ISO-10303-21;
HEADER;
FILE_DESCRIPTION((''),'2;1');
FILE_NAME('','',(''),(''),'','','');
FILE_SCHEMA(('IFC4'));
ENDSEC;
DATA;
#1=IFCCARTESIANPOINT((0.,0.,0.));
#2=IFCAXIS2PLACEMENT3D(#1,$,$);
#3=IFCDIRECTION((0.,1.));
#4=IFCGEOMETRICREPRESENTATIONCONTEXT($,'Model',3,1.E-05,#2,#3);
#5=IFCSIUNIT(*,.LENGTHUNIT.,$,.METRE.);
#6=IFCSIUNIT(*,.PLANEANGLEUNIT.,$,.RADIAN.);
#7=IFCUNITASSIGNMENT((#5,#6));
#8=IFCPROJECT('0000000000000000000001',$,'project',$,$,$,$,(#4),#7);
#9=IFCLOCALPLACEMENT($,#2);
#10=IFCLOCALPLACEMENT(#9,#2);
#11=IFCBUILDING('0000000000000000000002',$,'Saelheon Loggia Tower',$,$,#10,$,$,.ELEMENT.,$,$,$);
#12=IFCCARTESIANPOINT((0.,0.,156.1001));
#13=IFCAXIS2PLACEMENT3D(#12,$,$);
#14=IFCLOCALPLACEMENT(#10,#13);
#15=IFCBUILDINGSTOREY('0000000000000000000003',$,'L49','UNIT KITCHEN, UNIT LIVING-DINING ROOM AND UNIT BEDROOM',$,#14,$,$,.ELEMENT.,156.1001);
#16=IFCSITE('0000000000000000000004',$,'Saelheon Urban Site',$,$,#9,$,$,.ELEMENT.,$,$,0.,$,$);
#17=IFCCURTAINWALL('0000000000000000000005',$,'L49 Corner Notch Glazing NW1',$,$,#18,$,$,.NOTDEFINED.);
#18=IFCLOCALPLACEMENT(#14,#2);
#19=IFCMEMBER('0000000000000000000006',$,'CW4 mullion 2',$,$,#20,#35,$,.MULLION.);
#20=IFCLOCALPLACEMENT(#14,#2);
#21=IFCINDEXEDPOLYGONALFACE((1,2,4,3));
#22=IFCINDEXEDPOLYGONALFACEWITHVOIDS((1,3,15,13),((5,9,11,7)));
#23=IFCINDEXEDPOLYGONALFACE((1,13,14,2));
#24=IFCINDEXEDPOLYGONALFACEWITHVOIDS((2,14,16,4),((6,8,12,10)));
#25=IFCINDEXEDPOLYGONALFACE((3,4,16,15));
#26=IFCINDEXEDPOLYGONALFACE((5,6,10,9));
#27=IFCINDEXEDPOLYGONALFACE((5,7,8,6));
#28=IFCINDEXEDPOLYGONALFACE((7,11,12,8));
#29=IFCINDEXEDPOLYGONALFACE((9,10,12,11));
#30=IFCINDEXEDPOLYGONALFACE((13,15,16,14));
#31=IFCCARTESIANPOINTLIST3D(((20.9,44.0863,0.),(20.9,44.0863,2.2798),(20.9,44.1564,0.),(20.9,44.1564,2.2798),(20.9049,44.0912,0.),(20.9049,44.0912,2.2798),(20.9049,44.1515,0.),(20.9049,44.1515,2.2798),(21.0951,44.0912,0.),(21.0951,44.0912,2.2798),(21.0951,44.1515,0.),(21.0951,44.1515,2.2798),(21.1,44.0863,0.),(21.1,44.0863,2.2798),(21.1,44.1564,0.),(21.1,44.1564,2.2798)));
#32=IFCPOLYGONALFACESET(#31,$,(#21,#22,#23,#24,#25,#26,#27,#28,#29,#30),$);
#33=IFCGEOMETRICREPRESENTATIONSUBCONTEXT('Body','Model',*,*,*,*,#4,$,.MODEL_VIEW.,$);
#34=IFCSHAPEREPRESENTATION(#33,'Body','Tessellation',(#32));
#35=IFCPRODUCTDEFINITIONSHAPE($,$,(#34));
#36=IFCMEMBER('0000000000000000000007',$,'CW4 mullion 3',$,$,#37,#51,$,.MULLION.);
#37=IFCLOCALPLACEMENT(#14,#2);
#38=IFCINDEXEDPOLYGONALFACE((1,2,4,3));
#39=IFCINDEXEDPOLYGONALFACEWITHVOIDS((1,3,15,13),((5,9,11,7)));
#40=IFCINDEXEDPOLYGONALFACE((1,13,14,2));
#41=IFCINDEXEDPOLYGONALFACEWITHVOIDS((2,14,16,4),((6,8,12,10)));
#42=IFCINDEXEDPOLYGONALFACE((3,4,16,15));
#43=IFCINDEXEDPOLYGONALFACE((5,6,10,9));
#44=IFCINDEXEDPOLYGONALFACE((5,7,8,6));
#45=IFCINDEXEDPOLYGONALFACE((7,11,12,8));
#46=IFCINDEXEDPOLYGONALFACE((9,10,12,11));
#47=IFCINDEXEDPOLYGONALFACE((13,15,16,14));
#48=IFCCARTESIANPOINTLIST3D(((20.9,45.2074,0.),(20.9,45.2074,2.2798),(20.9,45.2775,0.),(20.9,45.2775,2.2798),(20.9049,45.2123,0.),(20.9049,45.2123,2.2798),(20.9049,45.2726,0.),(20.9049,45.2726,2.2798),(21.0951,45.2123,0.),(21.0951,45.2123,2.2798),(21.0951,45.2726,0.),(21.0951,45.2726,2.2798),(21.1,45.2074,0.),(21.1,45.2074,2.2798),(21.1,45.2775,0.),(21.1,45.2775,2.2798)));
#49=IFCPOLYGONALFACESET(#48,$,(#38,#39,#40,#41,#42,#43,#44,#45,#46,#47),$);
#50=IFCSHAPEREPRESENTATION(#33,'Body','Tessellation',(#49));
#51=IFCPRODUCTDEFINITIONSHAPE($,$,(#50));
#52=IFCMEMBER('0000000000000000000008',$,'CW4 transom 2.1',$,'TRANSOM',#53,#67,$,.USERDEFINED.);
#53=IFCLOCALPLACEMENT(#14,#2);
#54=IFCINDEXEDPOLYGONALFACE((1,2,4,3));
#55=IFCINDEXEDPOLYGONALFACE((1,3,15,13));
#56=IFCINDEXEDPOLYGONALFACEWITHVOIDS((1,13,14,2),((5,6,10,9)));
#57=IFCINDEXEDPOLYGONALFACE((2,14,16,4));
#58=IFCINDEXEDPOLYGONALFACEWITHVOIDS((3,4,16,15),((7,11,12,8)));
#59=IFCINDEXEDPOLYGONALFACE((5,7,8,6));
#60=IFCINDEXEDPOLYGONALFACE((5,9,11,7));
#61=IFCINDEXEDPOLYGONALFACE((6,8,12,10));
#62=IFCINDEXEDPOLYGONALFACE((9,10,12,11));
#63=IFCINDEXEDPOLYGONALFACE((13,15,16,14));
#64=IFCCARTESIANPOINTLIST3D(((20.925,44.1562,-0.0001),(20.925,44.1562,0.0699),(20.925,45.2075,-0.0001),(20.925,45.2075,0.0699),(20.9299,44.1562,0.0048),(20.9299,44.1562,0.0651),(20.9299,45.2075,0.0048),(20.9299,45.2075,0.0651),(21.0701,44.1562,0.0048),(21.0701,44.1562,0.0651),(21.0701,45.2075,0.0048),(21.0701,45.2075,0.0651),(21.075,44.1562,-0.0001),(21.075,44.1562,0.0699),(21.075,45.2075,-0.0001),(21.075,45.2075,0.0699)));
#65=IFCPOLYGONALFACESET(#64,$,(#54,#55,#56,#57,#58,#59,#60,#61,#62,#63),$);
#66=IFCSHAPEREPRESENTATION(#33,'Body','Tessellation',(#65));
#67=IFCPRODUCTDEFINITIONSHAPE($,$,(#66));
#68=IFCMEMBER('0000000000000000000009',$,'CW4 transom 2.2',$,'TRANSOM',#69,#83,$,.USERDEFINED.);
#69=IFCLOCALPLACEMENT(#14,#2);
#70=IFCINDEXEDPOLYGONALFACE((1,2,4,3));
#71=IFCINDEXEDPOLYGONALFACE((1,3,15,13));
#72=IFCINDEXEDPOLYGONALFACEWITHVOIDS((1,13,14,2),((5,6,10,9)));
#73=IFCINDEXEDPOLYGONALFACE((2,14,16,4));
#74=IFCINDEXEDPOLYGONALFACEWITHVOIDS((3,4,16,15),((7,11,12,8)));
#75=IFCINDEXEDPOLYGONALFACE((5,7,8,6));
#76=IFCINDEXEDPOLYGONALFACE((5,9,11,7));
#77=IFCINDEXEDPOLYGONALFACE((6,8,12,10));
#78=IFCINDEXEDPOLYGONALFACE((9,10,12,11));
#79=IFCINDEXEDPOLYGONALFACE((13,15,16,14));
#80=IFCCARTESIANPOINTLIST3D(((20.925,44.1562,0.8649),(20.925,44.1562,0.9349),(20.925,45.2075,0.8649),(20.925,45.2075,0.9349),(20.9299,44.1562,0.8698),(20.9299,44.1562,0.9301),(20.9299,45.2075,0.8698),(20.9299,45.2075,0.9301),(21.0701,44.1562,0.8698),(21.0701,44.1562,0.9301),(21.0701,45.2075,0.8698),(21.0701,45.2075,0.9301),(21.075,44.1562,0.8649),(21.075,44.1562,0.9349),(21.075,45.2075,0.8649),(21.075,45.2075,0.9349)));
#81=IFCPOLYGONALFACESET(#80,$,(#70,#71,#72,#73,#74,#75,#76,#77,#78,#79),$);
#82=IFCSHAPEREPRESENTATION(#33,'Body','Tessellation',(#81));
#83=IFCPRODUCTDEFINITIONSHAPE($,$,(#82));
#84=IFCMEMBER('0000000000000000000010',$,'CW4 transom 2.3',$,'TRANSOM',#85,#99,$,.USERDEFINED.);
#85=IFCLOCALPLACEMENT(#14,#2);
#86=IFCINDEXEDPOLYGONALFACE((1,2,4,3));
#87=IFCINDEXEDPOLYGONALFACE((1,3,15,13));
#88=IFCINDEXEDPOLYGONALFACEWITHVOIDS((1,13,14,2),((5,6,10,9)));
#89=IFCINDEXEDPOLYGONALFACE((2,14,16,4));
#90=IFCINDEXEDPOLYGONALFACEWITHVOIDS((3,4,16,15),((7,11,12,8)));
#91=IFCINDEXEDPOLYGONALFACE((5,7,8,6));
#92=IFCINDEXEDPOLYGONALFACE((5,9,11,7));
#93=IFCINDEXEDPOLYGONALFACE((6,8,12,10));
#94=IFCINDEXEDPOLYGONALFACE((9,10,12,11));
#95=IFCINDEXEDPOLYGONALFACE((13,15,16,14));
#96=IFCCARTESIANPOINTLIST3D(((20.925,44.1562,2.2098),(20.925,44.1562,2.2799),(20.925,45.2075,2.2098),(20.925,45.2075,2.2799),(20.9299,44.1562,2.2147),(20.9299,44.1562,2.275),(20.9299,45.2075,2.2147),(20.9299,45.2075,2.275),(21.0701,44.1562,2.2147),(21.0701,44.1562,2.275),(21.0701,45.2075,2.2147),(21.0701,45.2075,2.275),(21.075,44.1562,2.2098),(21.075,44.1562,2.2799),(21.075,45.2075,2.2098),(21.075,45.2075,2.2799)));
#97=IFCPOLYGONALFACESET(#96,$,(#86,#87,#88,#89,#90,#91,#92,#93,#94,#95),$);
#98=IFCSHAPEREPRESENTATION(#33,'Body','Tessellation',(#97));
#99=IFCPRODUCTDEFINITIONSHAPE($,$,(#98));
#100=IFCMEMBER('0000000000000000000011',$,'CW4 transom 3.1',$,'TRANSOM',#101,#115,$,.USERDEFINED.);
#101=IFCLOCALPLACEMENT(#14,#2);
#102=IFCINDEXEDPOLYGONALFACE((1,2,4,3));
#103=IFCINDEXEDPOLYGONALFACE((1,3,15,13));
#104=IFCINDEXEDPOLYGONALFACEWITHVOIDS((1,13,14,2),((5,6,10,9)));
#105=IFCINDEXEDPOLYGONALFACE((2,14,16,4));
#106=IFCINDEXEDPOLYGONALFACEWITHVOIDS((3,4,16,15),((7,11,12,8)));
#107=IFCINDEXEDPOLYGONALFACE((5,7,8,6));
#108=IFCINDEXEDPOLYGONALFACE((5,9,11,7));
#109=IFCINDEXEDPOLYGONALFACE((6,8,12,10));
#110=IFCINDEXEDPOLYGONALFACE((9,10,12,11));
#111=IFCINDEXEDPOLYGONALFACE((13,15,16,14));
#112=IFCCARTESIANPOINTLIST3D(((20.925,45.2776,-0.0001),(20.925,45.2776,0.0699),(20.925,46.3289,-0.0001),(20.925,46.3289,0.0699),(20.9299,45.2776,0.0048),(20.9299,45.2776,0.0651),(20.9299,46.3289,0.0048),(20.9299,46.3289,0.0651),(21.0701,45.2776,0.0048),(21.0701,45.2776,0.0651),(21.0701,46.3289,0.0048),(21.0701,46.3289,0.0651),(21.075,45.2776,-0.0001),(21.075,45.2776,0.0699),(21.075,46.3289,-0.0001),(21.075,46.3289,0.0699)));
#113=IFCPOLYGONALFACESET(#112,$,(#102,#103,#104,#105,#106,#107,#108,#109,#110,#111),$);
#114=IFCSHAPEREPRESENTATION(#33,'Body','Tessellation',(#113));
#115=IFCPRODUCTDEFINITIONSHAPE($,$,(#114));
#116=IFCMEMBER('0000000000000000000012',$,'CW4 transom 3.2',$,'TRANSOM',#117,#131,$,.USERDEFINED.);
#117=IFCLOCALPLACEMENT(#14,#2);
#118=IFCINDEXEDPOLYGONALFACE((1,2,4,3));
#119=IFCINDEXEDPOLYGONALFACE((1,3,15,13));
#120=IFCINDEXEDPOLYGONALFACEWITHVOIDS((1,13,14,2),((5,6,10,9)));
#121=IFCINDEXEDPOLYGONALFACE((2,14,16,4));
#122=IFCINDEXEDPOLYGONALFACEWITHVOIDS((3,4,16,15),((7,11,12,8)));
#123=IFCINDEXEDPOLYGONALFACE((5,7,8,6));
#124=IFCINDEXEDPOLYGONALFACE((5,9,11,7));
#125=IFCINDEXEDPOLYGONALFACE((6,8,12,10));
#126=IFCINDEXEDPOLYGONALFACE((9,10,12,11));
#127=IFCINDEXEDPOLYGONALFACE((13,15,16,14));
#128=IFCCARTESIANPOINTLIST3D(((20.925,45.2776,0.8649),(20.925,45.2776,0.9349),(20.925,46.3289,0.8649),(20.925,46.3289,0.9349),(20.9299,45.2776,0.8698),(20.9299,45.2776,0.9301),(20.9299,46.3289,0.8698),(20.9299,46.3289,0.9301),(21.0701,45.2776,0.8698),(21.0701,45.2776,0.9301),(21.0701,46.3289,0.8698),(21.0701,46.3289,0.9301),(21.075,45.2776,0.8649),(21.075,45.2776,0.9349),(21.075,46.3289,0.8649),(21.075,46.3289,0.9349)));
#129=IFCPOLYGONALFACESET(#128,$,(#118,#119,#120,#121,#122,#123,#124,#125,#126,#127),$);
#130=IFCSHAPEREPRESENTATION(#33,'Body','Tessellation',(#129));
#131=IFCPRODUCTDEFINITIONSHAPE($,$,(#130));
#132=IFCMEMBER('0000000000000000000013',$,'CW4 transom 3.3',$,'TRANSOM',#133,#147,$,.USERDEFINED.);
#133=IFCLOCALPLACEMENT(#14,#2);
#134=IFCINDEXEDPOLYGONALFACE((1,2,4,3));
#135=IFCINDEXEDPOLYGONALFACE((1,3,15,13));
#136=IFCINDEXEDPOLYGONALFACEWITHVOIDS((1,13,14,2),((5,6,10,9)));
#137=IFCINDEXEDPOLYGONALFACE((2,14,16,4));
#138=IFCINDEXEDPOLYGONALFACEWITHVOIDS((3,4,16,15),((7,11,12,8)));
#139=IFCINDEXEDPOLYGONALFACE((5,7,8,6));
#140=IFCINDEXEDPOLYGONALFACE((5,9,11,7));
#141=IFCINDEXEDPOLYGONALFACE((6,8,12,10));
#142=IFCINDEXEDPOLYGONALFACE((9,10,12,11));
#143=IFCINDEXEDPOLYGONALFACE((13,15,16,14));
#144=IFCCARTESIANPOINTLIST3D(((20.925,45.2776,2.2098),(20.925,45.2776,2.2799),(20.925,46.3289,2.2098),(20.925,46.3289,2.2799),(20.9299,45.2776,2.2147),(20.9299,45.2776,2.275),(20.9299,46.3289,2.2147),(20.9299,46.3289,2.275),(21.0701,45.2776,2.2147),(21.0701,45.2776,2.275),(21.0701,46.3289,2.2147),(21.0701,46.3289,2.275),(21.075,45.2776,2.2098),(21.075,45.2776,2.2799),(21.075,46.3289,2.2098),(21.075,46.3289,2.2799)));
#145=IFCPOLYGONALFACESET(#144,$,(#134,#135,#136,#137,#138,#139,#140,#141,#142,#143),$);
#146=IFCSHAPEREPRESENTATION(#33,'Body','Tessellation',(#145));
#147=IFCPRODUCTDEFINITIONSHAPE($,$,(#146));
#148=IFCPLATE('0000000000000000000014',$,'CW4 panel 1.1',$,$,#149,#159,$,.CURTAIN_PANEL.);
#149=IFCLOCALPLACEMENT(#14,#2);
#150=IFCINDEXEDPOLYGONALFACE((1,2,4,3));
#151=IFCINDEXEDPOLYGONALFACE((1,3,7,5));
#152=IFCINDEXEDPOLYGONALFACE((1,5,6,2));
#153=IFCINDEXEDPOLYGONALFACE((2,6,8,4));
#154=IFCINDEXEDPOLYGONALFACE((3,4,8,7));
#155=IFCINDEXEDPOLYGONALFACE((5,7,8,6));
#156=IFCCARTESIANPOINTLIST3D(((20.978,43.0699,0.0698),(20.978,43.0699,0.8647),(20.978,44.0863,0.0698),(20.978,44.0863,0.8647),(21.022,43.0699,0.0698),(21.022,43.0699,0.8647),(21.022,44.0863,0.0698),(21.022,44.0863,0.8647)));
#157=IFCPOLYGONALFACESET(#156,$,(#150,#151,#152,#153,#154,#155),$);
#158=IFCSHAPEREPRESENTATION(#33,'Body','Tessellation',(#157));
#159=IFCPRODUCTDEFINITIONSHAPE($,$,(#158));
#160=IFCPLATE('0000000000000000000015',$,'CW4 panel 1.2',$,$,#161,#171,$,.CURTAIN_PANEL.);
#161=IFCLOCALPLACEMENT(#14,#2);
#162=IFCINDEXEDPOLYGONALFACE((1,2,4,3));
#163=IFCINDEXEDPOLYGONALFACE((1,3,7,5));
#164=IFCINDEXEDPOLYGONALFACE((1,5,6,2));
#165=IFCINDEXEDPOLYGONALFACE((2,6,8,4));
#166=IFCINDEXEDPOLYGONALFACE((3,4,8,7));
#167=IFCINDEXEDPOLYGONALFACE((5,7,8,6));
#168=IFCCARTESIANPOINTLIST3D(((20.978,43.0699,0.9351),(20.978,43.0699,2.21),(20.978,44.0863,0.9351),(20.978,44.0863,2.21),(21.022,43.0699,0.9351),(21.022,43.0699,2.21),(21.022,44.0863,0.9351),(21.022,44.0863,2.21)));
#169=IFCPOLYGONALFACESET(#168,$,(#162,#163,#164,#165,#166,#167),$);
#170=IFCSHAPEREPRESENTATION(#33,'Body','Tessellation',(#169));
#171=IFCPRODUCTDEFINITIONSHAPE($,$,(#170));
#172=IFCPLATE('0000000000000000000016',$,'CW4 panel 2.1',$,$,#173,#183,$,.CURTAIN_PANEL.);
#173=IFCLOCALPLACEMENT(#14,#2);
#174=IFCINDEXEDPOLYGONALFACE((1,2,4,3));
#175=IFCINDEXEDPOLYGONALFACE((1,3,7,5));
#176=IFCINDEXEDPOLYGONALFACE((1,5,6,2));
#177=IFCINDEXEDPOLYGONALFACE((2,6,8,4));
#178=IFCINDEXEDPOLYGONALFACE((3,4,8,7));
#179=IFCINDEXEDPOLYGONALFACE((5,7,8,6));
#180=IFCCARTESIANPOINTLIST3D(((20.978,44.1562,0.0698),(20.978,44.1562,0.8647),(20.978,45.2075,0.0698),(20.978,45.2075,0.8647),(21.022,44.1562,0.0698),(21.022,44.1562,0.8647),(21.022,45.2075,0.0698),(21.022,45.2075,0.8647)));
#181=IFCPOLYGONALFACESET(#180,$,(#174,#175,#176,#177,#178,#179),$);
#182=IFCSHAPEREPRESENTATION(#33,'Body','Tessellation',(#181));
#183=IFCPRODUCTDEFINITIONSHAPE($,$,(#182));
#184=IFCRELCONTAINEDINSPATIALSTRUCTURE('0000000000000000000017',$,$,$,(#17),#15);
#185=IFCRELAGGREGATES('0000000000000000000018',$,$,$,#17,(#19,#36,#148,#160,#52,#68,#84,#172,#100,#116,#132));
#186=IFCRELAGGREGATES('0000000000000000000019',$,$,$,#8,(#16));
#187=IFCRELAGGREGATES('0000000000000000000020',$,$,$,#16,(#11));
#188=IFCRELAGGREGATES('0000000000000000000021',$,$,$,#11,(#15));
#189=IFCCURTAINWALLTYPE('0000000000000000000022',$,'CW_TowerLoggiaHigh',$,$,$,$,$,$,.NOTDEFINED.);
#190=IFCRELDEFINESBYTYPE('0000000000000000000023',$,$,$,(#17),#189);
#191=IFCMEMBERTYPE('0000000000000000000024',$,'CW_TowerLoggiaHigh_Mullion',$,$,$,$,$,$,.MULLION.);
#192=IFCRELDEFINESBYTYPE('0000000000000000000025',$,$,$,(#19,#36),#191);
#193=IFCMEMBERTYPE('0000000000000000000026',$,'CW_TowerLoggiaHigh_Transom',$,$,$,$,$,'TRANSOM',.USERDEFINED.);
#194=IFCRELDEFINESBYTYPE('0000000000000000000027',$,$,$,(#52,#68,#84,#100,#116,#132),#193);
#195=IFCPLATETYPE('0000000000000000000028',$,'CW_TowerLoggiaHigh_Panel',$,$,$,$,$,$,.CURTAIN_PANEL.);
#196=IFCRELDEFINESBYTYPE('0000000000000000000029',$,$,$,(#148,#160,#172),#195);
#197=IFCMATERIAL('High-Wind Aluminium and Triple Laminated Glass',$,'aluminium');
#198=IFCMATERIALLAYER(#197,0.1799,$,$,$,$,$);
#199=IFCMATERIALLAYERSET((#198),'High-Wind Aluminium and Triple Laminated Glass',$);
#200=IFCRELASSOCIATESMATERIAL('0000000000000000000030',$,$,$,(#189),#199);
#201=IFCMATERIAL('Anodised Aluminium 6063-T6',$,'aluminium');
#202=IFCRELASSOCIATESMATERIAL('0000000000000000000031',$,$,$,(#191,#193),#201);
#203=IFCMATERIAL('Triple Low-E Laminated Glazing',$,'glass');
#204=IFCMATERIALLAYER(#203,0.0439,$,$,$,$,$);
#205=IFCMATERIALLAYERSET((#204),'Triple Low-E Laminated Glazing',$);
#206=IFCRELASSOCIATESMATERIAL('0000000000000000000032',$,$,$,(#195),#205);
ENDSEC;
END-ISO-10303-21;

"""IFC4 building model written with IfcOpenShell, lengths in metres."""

from ifc_helpers import new_model, si_unit, direction, frame, origin, origin_2d, place, context, subcontext, project, spatial, rectangle, hollow_rectangle, extrude, source, transform, mapped, material, layer, layer_set, material_profile, profile_set, type_object, element, aggregate, save


model = new_model("IFC4")

# Units and contexts
model_context = context("Model", 3, precision=1e-05, world=origin(), true_north=direction((0.0, 1.0)))
body_context = subcontext(model_context, "Body", "Model", "MODEL_VIEW")
ifc_project = project(units=[si_unit("LENGTHUNIT", "METRE"), si_unit("PLANEANGLEUNIT", "RADIAN")], contexts=[model_context])

# Site, building, storey
site_placement = place(None, origin())
site = spatial("IfcSite", under=ifc_project, at=site_placement, Name="Saelheon Urban Site", CompositionType="ELEMENT", RefElevation=0.0)
building_placement = place(site_placement, origin())
building = spatial("IfcBuilding", under=site, at=building_placement, Name="Saelheon Loggia Tower", CompositionType="ELEMENT")
storey_placement = place(building_placement, frame((0.0, 0.0, 156.1001)))
storey = spatial("IfcBuildingStorey", under=building, at=storey_placement, Name="L49", Description="UNIT KITCHEN, UNIT LIVING-DINING ROOM AND UNIT BEDROOM", CompositionType="ELEMENT", Elevation=156.1001)

# Curtain wall, members, plates
ifc_material_1 = material(Name="High-Wind Aluminium and Triple Laminated Glass", Category="aluminium")
ifc_layer_1 = layer(ifc_material_1, 0.1799)
ifc_layer_set_1 = layer_set([ifc_layer_1], Name="High-Wind Aluminium and Triple Laminated Glass")
curtain_wall_type = type_object("IfcCurtainWallType", Name="CW_TowerLoggiaHigh", PredefinedType="NOTDEFINED", material=ifc_layer_set_1)
curtain_wall_placement = place(storey_placement, origin())
curtain_wall = element("IfcCurtainWall", 1, at=curtain_wall_placement, inside=storey, type_object=curtain_wall_type, Name="L49 Corner Notch Glazing NW1", PredefinedType="NOTDEFINED")
ifc_material_2 = material(Name="Anodised Aluminium 6063-T6", Category="aluminium")
ifc_material_profile_1 = material_profile(ifc_material_2, hollow_rectangle(XDim=0.0701, YDim=0.2, WallThickness=0.0049, at=origin_2d()), Name="RHS-200x70x5")
ifc_profile_set_1 = profile_set([ifc_material_profile_1], Name="Anodised Aluminium 6063-T6")
member_type_1 = type_object("IfcMemberType", Name="CW_TowerLoggiaHigh_Mullion", PredefinedType="MULLION", material=ifc_profile_set_1)
shared_shape_1 = source(origin(), body_context, "Body", "SweptSolid", [
    extrude(hollow_rectangle(XDim=0.0701, YDim=0.2, WallThickness=0.0049, at=origin_2d()), origin(), (0.0, 0.0, 1.0), 2.2798),
])
member_1_placement = place(storey_placement, frame((21.0, 44.1213, 0.0), z_axis=(0.0, 0.0, 1.0), x_axis=(0.0, 1.0, 0.0)))
member_1 = element("IfcMember", 2, at=member_1_placement, type_object=member_type_1, Name="CW4 mullion 2", PredefinedType="MULLION", context=body_context, shape_type="MappedRepresentation", body=[
    mapped(shared_shape_1, transform((0.0, 0.0, 0.0), scale=1.0)),
])
member_2_placement = place(storey_placement, frame((21.0, 45.2424, 0.0), z_axis=(0.0, 0.0, 1.0), x_axis=(0.0, 1.0, 0.0)))
member_2 = element("IfcMember", 3, at=member_2_placement, type_object=member_type_1, Name="CW4 mullion 3", PredefinedType="MULLION", context=body_context, shape_type="MappedRepresentation", body=[
    mapped(shared_shape_1, transform((0.0, 0.0, 0.0), scale=1.0)),
])
ifc_material_profile_2 = material_profile(ifc_material_2, hollow_rectangle(XDim=0.0701, YDim=0.1499, WallThickness=0.0049, at=origin_2d()), Name="RHS-150x70x5")
ifc_profile_set_2 = profile_set([ifc_material_profile_2], Name="Anodised Aluminium 6063-T6")
member_type_2 = type_object("IfcMemberType", Name="CW_TowerLoggiaHigh_Transom", ElementType="TRANSOM", PredefinedType="USERDEFINED", material=ifc_profile_set_2)
shared_shape_2 = source(origin(), body_context, "Body", "SweptSolid", [
    extrude(hollow_rectangle(XDim=0.0701, YDim=0.1499, WallThickness=0.0049, at=origin_2d()), origin(), (0.0, 0.0, 1.0), 1.0513),
])
member_3_placement = place(storey_placement, frame((21.0, 44.1562, 0.0349), z_axis=(0.0, 1.0, 0.0), x_axis=(0.0, 0.0, 1.0)))
member_3 = element("IfcMember", 4, at=member_3_placement, type_object=member_type_2, Name="CW4 transom 2.1", ObjectType="TRANSOM", PredefinedType="USERDEFINED", context=body_context, shape_type="MappedRepresentation", body=[
    mapped(shared_shape_2, transform((0.0, 0.0, 0.0), scale=1.0)),
])
member_4_placement = place(storey_placement, frame((21.0, 44.1562, 0.8999), z_axis=(0.0, 1.0, 0.0), x_axis=(0.0, 0.0, 1.0)))
member_4 = element("IfcMember", 5, at=member_4_placement, type_object=member_type_2, Name="CW4 transom 2.2", ObjectType="TRANSOM", PredefinedType="USERDEFINED", context=body_context, shape_type="MappedRepresentation", body=[
    mapped(shared_shape_2, transform((0.0, 0.0, 0.0), scale=1.0)),
])
member_5_placement = place(storey_placement, frame((21.0, 44.1562, 2.2449), z_axis=(0.0, 1.0, 0.0), x_axis=(0.0, 0.0, 1.0)))
member_5 = element("IfcMember", 6, at=member_5_placement, type_object=member_type_2, Name="CW4 transom 2.3", ObjectType="TRANSOM", PredefinedType="USERDEFINED", context=body_context, shape_type="MappedRepresentation", body=[
    mapped(shared_shape_2, transform((0.0, 0.0, 0.0), scale=1.0)),
])
member_6_placement = place(storey_placement, frame((21.0, 45.2776, 0.0349), z_axis=(0.0, 1.0, 0.0), x_axis=(0.0, 0.0, 1.0)))
member_6 = element("IfcMember", 7, at=member_6_placement, type_object=member_type_2, Name="CW4 transom 3.1", ObjectType="TRANSOM", PredefinedType="USERDEFINED", context=body_context, shape_type="MappedRepresentation", body=[
    mapped(shared_shape_2, transform((0.0, 0.0, 0.0), scale=1.0)),
])
member_7_placement = place(storey_placement, frame((21.0, 45.2776, 0.8999), z_axis=(0.0, 1.0, 0.0), x_axis=(0.0, 0.0, 1.0)))
member_7 = element("IfcMember", 8, at=member_7_placement, type_object=member_type_2, Name="CW4 transom 3.2", ObjectType="TRANSOM", PredefinedType="USERDEFINED", context=body_context, shape_type="MappedRepresentation", body=[
    mapped(shared_shape_2, transform((0.0, 0.0, 0.0), scale=1.0)),
])
member_8_placement = place(storey_placement, frame((21.0, 45.2776, 2.2449), z_axis=(0.0, 1.0, 0.0), x_axis=(0.0, 0.0, 1.0)))
member_8 = element("IfcMember", 9, at=member_8_placement, type_object=member_type_2, Name="CW4 transom 3.3", ObjectType="TRANSOM", PredefinedType="USERDEFINED", context=body_context, shape_type="MappedRepresentation", body=[
    mapped(shared_shape_2, transform((0.0, 0.0, 0.0), scale=1.0)),
])
ifc_material_3 = material(Name="Triple Low-E Laminated Glazing", Category="glass")
ifc_layer_2 = layer(ifc_material_3, 0.0439)
ifc_layer_set_2 = layer_set([ifc_layer_2], Name="Triple Low-E Laminated Glazing")
plate_type = type_object("IfcPlateType", Name="CW_TowerLoggiaHigh_Panel", PredefinedType="CURTAIN_PANEL", material=ifc_layer_set_2)
shared_shape_3 = source(origin(), body_context, "Body", "SweptSolid", [
    extrude(rectangle(XDim=1.0164, YDim=0.0439, at=origin_2d()), origin(), (0.0, 0.0, 1.0), 0.7949),
])
plate_1_placement = place(storey_placement, frame((21.0, 43.5781, 0.0698), z_axis=(0.0, 0.0, 1.0), x_axis=(0.0, 1.0, 0.0)))
plate_1 = element("IfcPlate", 10, at=plate_1_placement, type_object=plate_type, Name="CW4 panel 1.1", PredefinedType="CURTAIN_PANEL", context=body_context, shape_type="MappedRepresentation", body=[
    mapped(shared_shape_3, transform((0.0, 0.0, 0.0), scale=1.0)),
])
shared_shape_4 = source(origin(), body_context, "Body", "SweptSolid", [
    extrude(rectangle(XDim=1.0164, YDim=0.0439, at=origin_2d()), origin(), (0.0, 0.0, 1.0), 1.2749),
])
plate_2_placement = place(storey_placement, frame((21.0, 43.5781, 0.9351), z_axis=(0.0, 0.0, 1.0), x_axis=(0.0, 1.0, 0.0)))
plate_2 = element("IfcPlate", 11, at=plate_2_placement, type_object=plate_type, Name="CW4 panel 1.2", PredefinedType="CURTAIN_PANEL", context=body_context, shape_type="MappedRepresentation", body=[
    mapped(shared_shape_4, transform((0.0, 0.0, 0.0), scale=1.0)),
])
shared_shape_5 = source(origin(), body_context, "Body", "SweptSolid", [
    extrude(rectangle(XDim=1.0513, YDim=0.0439, at=origin_2d()), origin(), (0.0, 0.0, 1.0), 0.7949),
])
plate_3_placement = place(storey_placement, frame((21.0, 44.6819, 0.0698), z_axis=(0.0, 0.0, 1.0), x_axis=(0.0, 1.0, 0.0)))
plate_3 = element("IfcPlate", 12, at=plate_3_placement, type_object=plate_type, Name="CW4 panel 2.1", PredefinedType="CURTAIN_PANEL", context=body_context, shape_type="MappedRepresentation", body=[
    mapped(shared_shape_5, transform((0.0, 0.0, 0.0), scale=1.0)),
])
aggregate(curtain_wall, [member_1, member_2, plate_1, plate_2, member_3, member_4, member_5, plate_3, member_6, member_7, member_8])

save(model, "model.ifc")
